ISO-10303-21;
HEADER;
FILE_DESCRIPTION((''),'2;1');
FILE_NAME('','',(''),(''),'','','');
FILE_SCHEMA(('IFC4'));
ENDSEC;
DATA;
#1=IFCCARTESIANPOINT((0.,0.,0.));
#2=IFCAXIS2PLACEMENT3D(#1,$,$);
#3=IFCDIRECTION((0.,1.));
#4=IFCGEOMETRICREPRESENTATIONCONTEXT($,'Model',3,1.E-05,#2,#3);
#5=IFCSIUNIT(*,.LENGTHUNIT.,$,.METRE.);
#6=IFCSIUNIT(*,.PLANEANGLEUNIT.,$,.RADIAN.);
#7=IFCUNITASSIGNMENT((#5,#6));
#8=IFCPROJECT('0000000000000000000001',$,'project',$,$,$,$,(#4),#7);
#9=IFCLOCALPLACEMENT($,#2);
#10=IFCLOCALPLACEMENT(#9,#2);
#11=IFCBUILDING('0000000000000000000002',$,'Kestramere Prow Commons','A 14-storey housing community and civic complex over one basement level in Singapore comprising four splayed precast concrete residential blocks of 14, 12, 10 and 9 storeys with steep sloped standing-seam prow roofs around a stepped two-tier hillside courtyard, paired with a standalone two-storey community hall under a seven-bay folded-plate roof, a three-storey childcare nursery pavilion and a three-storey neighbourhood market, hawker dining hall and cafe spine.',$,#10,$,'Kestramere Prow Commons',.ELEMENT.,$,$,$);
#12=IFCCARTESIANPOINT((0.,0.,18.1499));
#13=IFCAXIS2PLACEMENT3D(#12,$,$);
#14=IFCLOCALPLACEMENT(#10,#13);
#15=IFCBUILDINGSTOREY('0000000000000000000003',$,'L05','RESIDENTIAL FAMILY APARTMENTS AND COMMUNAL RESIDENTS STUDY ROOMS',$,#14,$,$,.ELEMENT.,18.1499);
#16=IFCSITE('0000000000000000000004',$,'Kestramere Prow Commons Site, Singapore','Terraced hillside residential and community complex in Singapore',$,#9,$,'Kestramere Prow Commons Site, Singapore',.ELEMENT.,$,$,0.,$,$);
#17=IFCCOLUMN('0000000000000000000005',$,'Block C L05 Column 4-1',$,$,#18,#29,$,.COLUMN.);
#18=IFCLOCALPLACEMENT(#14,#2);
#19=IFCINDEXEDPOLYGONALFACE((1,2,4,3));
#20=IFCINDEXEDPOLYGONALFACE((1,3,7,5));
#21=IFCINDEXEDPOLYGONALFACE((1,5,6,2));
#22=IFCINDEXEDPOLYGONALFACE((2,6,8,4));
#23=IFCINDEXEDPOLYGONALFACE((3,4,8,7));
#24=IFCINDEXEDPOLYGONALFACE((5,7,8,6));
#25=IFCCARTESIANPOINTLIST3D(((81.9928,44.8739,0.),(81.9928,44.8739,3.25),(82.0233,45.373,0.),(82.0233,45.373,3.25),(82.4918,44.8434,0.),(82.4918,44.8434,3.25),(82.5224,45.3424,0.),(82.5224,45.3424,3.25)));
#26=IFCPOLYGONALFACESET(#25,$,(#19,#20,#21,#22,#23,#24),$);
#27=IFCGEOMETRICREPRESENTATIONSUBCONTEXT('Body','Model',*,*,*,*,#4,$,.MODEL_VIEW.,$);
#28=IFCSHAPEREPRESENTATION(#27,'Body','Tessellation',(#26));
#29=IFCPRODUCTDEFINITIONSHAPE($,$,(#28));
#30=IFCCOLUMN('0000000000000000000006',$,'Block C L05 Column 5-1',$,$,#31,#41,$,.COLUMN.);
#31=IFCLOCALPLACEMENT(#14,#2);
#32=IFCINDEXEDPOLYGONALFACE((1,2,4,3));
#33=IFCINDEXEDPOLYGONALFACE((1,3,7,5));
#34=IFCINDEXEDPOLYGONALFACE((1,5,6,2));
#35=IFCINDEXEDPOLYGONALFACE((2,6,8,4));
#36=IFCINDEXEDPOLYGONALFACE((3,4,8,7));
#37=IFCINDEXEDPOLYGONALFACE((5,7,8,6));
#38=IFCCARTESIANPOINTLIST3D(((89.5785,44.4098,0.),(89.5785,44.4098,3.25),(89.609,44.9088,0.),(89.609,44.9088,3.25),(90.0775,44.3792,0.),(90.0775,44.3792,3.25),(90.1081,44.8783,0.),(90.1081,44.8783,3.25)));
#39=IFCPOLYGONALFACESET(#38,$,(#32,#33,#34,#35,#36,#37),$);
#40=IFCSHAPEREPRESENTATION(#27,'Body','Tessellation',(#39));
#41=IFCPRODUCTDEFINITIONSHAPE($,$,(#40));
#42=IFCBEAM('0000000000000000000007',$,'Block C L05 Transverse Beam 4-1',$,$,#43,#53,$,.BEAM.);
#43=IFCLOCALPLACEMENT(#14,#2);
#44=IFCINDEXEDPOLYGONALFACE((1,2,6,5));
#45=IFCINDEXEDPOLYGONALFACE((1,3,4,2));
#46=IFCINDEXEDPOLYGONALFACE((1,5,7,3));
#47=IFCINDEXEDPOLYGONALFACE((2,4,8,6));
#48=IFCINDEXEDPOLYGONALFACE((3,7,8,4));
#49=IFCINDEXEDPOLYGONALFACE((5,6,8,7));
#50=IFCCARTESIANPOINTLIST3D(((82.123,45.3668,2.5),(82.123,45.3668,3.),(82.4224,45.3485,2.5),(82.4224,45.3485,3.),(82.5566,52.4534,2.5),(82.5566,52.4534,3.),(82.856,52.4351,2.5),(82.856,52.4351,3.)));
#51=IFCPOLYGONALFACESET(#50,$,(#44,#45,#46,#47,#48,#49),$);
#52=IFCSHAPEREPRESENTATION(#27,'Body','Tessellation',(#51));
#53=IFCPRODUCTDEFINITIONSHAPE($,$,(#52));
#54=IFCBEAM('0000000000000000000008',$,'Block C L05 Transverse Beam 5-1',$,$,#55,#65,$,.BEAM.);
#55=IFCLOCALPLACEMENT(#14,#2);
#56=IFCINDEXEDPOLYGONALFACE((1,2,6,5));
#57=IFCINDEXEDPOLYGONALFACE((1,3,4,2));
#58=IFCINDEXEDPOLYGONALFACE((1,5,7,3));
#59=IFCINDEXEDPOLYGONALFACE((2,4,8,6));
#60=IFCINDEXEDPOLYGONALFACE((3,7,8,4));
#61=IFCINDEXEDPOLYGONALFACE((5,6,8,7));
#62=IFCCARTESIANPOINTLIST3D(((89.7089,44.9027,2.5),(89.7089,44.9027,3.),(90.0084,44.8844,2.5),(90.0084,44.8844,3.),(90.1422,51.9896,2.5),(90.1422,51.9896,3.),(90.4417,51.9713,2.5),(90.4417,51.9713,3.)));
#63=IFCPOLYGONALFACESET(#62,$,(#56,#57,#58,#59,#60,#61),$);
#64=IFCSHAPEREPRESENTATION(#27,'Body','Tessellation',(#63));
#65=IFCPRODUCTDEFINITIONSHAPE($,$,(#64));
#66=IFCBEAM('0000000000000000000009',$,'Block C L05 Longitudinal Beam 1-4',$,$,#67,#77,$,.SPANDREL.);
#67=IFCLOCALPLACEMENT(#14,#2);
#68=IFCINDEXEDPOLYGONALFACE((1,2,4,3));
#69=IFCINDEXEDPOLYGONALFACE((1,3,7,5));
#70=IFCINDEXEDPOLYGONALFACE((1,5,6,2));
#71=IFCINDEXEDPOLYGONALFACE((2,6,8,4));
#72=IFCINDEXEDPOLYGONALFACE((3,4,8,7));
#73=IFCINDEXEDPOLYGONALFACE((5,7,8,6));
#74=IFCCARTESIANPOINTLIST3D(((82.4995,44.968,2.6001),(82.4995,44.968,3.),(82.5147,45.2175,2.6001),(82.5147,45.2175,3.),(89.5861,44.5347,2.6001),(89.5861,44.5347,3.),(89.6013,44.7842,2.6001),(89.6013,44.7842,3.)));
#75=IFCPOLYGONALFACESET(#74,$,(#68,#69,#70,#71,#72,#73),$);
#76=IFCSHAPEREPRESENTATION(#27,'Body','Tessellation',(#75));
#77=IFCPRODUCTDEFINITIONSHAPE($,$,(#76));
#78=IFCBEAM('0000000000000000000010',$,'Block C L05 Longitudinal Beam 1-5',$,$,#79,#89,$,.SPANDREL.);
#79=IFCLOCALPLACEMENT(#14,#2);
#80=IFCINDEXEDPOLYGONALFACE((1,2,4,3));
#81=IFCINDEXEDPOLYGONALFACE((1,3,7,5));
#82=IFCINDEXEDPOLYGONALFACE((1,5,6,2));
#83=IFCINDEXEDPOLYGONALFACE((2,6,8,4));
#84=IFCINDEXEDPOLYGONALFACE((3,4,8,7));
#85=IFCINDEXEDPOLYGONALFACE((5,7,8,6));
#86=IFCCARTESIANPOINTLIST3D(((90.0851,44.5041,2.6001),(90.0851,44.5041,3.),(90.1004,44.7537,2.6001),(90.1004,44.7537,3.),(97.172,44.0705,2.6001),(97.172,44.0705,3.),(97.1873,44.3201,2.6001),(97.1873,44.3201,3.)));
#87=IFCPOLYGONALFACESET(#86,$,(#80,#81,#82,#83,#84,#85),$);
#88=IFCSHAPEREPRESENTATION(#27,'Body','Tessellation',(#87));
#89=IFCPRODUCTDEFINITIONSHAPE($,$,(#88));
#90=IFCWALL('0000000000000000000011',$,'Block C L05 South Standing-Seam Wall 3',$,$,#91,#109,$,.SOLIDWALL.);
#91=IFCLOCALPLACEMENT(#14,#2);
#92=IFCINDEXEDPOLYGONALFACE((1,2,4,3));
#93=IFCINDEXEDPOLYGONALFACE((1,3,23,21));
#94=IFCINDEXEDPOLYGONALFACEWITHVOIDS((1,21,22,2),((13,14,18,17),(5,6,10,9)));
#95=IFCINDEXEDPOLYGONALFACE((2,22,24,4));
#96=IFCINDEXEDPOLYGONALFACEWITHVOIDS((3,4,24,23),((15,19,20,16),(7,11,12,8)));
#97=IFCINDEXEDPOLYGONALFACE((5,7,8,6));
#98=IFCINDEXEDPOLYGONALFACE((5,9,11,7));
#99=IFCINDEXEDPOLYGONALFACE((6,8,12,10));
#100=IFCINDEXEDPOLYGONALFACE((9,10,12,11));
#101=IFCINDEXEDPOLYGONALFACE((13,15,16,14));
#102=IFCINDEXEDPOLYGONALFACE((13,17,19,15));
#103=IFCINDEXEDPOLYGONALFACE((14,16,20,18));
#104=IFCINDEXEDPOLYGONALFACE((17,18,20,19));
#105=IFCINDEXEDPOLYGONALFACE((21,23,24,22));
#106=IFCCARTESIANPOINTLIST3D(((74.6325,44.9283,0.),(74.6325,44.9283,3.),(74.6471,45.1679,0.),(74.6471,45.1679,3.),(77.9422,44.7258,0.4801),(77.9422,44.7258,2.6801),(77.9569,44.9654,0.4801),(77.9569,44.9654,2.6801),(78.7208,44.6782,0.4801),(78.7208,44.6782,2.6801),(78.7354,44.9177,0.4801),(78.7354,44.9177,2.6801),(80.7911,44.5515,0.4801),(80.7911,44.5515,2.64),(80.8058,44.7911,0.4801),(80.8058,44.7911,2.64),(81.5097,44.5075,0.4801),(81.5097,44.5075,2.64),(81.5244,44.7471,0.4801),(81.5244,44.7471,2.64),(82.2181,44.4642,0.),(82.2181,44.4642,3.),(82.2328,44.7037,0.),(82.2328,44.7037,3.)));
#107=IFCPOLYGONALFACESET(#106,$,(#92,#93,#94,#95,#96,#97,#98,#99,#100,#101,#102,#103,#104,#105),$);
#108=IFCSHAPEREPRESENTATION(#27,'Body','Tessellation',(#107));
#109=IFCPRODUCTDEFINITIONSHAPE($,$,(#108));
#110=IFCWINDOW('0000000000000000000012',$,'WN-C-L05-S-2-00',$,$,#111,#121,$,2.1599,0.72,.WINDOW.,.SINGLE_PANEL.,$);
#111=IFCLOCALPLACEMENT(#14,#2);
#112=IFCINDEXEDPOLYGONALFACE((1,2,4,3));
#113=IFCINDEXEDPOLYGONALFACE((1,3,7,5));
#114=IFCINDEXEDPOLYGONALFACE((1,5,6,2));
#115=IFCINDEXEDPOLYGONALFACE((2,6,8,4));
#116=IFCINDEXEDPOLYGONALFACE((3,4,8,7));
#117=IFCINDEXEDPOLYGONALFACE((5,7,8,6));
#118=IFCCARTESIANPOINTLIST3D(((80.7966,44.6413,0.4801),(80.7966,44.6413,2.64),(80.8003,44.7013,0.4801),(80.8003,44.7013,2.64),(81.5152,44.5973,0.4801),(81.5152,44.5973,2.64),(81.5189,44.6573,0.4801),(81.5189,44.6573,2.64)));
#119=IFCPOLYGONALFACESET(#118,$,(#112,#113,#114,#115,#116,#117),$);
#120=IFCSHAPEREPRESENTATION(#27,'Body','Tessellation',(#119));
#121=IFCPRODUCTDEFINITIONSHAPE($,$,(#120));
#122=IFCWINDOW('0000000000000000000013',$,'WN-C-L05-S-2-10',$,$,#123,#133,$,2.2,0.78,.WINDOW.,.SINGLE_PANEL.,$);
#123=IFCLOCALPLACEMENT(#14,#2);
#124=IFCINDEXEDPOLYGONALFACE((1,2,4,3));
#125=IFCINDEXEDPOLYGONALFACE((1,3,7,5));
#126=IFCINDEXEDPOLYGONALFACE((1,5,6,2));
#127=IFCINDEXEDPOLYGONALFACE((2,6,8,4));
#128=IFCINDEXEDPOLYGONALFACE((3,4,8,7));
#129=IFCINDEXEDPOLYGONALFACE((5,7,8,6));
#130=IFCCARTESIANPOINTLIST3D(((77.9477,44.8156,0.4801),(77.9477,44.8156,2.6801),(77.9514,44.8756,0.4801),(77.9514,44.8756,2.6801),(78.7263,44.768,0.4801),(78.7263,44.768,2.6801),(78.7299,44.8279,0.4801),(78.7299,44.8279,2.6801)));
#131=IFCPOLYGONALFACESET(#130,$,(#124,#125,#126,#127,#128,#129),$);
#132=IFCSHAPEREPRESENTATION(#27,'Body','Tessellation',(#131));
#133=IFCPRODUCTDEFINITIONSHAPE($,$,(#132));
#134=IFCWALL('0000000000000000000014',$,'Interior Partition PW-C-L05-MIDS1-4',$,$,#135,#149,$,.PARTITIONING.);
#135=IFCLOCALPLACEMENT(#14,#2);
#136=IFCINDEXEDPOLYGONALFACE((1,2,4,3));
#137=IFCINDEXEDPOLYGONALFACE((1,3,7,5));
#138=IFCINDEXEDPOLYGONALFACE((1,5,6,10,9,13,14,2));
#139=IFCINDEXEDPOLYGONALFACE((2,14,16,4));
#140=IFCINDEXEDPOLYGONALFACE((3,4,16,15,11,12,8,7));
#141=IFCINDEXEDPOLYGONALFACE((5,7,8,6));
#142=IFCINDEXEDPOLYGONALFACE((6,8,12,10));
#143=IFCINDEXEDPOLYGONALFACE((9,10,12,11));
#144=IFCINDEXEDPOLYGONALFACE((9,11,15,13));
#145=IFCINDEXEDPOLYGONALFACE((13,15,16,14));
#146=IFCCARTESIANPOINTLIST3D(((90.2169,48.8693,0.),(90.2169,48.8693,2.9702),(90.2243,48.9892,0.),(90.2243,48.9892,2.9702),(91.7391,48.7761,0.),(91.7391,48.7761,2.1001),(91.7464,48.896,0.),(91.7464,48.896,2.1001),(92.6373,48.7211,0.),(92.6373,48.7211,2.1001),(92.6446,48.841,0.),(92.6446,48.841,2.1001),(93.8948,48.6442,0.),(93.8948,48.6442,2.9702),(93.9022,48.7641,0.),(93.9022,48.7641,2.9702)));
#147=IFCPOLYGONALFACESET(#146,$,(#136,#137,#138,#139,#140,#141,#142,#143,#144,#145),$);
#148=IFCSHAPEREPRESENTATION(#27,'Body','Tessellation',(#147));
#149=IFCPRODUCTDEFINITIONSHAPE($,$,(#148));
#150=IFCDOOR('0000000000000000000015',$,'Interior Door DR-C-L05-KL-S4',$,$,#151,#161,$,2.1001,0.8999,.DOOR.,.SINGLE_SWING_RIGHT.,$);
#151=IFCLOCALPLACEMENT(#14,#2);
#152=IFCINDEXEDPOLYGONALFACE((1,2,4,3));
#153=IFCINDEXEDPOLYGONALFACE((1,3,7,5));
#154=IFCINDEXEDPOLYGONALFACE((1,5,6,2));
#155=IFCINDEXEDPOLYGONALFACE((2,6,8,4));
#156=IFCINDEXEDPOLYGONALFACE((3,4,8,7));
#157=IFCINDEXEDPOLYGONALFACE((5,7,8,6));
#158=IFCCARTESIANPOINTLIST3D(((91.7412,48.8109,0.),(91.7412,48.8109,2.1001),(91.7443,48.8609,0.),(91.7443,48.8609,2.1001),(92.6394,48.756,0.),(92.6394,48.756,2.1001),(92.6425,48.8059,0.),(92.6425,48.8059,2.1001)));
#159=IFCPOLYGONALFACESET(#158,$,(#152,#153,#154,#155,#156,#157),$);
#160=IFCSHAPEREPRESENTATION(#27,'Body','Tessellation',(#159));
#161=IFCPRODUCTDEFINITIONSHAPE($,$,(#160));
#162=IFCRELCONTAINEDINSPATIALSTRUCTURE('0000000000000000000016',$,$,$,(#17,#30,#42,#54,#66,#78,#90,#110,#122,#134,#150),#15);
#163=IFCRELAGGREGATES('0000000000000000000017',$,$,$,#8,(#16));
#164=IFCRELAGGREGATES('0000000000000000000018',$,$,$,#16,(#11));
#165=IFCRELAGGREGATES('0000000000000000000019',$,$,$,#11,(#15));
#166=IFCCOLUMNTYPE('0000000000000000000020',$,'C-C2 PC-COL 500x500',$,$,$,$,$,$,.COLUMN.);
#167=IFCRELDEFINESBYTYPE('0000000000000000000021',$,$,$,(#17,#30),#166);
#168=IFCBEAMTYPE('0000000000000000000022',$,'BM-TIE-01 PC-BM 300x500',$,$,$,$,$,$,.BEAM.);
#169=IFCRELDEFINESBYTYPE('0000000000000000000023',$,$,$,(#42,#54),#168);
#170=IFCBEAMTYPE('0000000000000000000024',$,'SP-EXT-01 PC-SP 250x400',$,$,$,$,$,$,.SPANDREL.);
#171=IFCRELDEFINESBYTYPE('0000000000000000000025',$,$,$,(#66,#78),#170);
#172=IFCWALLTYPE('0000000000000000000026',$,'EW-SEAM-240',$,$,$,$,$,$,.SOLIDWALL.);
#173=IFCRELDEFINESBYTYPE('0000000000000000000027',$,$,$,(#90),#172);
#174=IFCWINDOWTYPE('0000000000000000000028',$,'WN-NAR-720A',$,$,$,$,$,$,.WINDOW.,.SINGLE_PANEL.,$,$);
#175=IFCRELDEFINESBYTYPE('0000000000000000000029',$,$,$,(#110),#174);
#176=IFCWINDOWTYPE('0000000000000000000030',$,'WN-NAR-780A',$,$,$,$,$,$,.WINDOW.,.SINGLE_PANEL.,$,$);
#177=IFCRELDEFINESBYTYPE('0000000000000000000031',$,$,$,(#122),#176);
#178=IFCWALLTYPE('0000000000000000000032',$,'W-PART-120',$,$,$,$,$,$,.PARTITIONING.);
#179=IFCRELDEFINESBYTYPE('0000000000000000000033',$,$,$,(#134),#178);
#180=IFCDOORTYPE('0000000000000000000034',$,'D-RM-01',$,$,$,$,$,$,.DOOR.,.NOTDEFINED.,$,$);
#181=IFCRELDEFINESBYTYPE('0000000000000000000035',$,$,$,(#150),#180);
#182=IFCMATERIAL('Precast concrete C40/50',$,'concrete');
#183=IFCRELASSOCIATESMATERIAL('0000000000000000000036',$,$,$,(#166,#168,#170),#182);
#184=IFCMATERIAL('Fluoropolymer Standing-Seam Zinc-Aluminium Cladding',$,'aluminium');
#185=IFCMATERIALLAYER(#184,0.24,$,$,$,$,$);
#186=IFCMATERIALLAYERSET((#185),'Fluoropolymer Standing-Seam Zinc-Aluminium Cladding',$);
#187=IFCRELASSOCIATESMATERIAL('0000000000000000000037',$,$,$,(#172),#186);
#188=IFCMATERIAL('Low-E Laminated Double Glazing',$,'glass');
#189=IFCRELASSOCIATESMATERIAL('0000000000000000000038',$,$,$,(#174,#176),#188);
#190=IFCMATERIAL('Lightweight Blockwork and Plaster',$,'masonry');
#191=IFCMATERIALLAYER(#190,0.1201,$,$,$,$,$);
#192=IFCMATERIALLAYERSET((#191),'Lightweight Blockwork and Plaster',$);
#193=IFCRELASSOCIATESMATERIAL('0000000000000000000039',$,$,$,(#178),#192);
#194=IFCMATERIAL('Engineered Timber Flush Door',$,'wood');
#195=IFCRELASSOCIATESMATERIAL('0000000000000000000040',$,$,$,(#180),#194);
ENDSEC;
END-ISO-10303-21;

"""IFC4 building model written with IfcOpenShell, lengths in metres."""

from ifc_helpers import new_model, si_unit, direction, frame, frame_2d, origin, origin_2d, place, context, subcontext, project, spatial, rectangle, extrude, material, layer, layer_set, material_profile, profile_set, type_object, element, fill, save


model = new_model("IFC4")

# Units and contexts
model_context = context("Model", 3, precision=1e-05, world=origin(), true_north=direction((0.0, 1.0)))
body_context = subcontext(model_context, "Body", "Model", "MODEL_VIEW")
ifc_project = project(units=[si_unit("LENGTHUNIT", "METRE"), si_unit("PLANEANGLEUNIT", "RADIAN")], contexts=[model_context])

# Site, building, storey
site_placement = place(None, origin())
site = spatial("IfcSite", under=ifc_project, at=site_placement, Name="Kestramere Prow Commons Site, Singapore", Description="Terraced hillside residential and community complex in Singapore", LongName="Kestramere Prow Commons Site, Singapore", CompositionType="ELEMENT", RefElevation=0.0)
building_placement = place(site_placement, origin())
building = spatial("IfcBuilding", under=site, at=building_placement, Name="Kestramere Prow Commons", Description="A 14-storey housing community and civic complex over one basement level in Singapore comprising four splayed precast concrete residential blocks of 14, 12, 10 and 9 storeys with steep sloped standing-seam prow roofs around a stepped two-tier hillside courtyard, paired with a standalone two-storey community hall under a seven-bay folded-plate roof, a three-storey childcare nursery pavilion and a three-storey neighbourhood market, hawker dining hall and cafe spine.", LongName="Kestramere Prow Commons", CompositionType="ELEMENT")
storey_placement = place(building_placement, frame((0.0, 0.0, 18.1499)))
storey = spatial("IfcBuildingStorey", under=building, at=storey_placement, Name="L05", Description="RESIDENTIAL FAMILY APARTMENTS AND COMMUNAL RESIDENTS STUDY ROOMS", CompositionType="ELEMENT", Elevation=18.1499)

# Columns
ifc_material_1 = material(Name="Precast concrete C40/50", Category="concrete")
ifc_material_profile_1 = material_profile(ifc_material_1, rectangle(XDim=0.5, YDim=0.5, at=origin_2d()), Name="PC-COL 500x500")
ifc_profile_set_1 = profile_set([ifc_material_profile_1], Name="Precast concrete C40/50")
column_type = type_object("IfcColumnType", Name="C-C2 PC-COL 500x500", PredefinedType="COLUMN", material=ifc_profile_set_1)
for number, where, z_axis, x_axis, name in (
    (1, (82.2576, 45.1082, 0.0), (0.0, 0.0, 1.0), (0.998135, -0.061049, 0.0), "Block C L05 Column 4-1"),
    (2, (89.8433, 44.644, 0.0), (0.0, 0.0, 1.0), (0.998135, -0.061049, 0.0), "Block C L05 Column 5-1"),
):
    element("IfcColumn", number, at=place(storey_placement, frame(where, z_axis=z_axis, x_axis=x_axis)), inside=storey, type_object=column_type, Name=name, PredefinedType="COLUMN", context=body_context, shape_type="SweptSolid", body=[
        extrude(rectangle(XDim=0.5, YDim=0.5, at=origin_2d()), origin(), (0.0, 0.0, 1.0), 3.25),
    ])

# Beams
ifc_material_profile_2 = material_profile(ifc_material_1, rectangle(XDim=0.3, YDim=0.5, at=origin_2d()), Name="PC-BM 300x500")
ifc_profile_set_2 = profile_set([ifc_material_profile_2], Name="Precast concrete C40/50")
beam_type_1 = type_object("IfcBeamType", Name="BM-TIE-01 PC-BM 300x500", PredefinedType="BEAM", material=ifc_profile_set_2)
beam_1_placement = place(storey_placement, frame((82.2727, 45.3577, 2.75), z_axis=(0.06107, 0.998133, 0.0), x_axis=(-0.998133, 0.06107, 0.0)))
element("IfcBeam", 3, at=beam_1_placement, inside=storey, type_object=beam_type_1, Name="Block C L05 Transverse Beam 4-1", PredefinedType="BEAM", context=body_context, shape_type="SweptSolid", body=[
    extrude(rectangle(XDim=0.3, YDim=0.5, at=origin_2d()), origin(), (0.0, 0.0, 1.0), 7.0999),
])
beam_2_placement = place(storey_placement, frame((89.8586, 44.8936, 2.75), z_axis=(0.061034, 0.998136, 0.0), x_axis=(-0.998136, 0.061034, 0.0)))
element("IfcBeam", 4, at=beam_2_placement, inside=storey, type_object=beam_type_1, Name="Block C L05 Transverse Beam 5-1", PredefinedType="BEAM", context=body_context, shape_type="SweptSolid", body=[
    extrude(rectangle(XDim=0.3, YDim=0.5, at=origin_2d()), origin(), (0.0, 0.0, 1.0), 7.1001),
])
ifc_material_profile_3 = material_profile(ifc_material_1, rectangle(XDim=0.25, YDim=0.3999, at=origin_2d()), Name="PC-SP 250x400")
ifc_profile_set_3 = profile_set([ifc_material_profile_3], Name="Precast concrete C40/50")
beam_type_2 = type_object("IfcBeamType", Name="SP-EXT-01 PC-SP 250x400", PredefinedType="SPANDREL", material=ifc_profile_set_3)
beam_3_placement = place(storey_placement, frame((82.5071, 45.0928, 2.8), z_axis=(0.998136, -0.061036, 0.0), x_axis=(0.061036, 0.998136, 0.0)))
element("IfcBeam", 5, at=beam_3_placement, inside=storey, type_object=beam_type_2, Name="Block C L05 Longitudinal Beam 1-4", PredefinedType="SPANDREL", context=body_context, shape_type="SweptSolid", body=[
    extrude(rectangle(XDim=0.25, YDim=0.3999, at=origin_2d()), origin(), (0.0, 0.0, 1.0), 7.0999),
])
beam_4_placement = place(storey_placement, frame((90.0928, 44.6289, 2.8), z_axis=(0.998134, -0.061068, 0.0), x_axis=(0.061068, 0.998134, 0.0)))
element("IfcBeam", 6, at=beam_4_placement, inside=storey, type_object=beam_type_2, Name="Block C L05 Longitudinal Beam 1-5", PredefinedType="SPANDREL", context=body_context, shape_type="SweptSolid", body=[
    extrude(rectangle(XDim=0.25, YDim=0.3999, at=origin_2d()), origin(), (0.0, 0.0, 1.0), 7.1001),
])

# Wall, openings, windows
ifc_material_2 = material(Name="Fluoropolymer Standing-Seam Zinc-Aluminium Cladding", Category="aluminium")
ifc_layer_1 = layer(ifc_material_2, 0.24)
ifc_layer_set_1 = layer_set([ifc_layer_1], Name="Fluoropolymer Standing-Seam Zinc-Aluminium Cladding")
wall_type_1 = type_object("IfcWallType", Name="EW-SEAM-240", PredefinedType="SOLIDWALL", material=ifc_layer_set_1)
wall_1_placement = place(storey_placement, frame((82.2253, 44.584, 0.0), z_axis=(0.0, 0.0, 1.0), x_axis=(-0.998134, 0.061068, 0.0)))
wall_1 = element("IfcWall", 7, at=wall_1_placement, inside=storey, type_object=wall_type_1, Name="Block C L05 South Standing-Seam Wall 3", PredefinedType="SOLIDWALL", context=body_context, shape_type="SweptSolid", body=[
    extrude(rectangle(XDim=7.5999, YDim=0.24, at=frame_2d((3.7998, 0.0))), origin(), (0.0, 0.0, 1.0), 3.0),
])
opening_1_placement = place(wall_1_placement, frame((0.7097, 0.0, 0.48)))
opening_1 = element("IfcOpeningElement", 8, at=opening_1_placement, cuts=wall_1, PredefinedType="OPENING", context=body_context, shape_type="SweptSolid", body=[
    extrude(rectangle(XDim=0.72, YDim=2.1599, at=frame_2d((0.3599, 1.0801))), frame((0.0, 0.135, 0.0), z_axis=(0.0, -1.0, 0.0), x_axis=(1.0, 0.0, 0.0)), (0.0, 0.0, 1.0), 0.27),
])
opening_2_placement = place(wall_1_placement, frame((3.5037, 0.0, 0.48)))
opening_2 = element("IfcOpeningElement", 9, at=opening_2_placement, cuts=wall_1, PredefinedType="OPENING", context=body_context, shape_type="SweptSolid", body=[
    extrude(rectangle(XDim=0.78, YDim=2.2, at=frame_2d((0.3901, 1.1001))), frame((0.0, 0.135, 0.0), z_axis=(0.0, -1.0, 0.0), x_axis=(1.0, 0.0, 0.0)), (0.0, 0.0, 1.0), 0.27),
])
ifc_material_3 = material(Name="Low-E Laminated Double Glazing", Category="glass")
window_type_1 = type_object("IfcWindowType", Name="WN-NAR-720A", PartitioningType="SINGLE_PANEL", PredefinedType="WINDOW", material=ifc_material_3)
window_1_placement = place(opening_1_placement, origin())
window_1 = element("IfcWindow", 10, at=window_1_placement, inside=storey, type_object=window_type_1, Name="WN-C-L05-S-2-00", OverallHeight=2.1599, OverallWidth=0.72, PartitioningType="SINGLE_PANEL", PredefinedType="WINDOW", context=body_context, shape_type="SweptSolid", body=[
    extrude(rectangle(XDim=0.72, YDim=2.1599, at=frame_2d((0.3599, 1.0801))), frame((0.0, 0.03, 0.0), z_axis=(0.0, -1.0, 0.0), x_axis=(1.0, 0.0, 0.0)), (0.0, 0.0, 1.0), 0.0601),
])
fill(opening_1, window_1)
window_type_2 = type_object("IfcWindowType", Name="WN-NAR-780A", PartitioningType="SINGLE_PANEL", PredefinedType="WINDOW", material=ifc_material_3)
window_2_placement = place(opening_2_placement, origin())
window_2 = element("IfcWindow", 11, at=window_2_placement, inside=storey, type_object=window_type_2, Name="WN-C-L05-S-2-10", OverallHeight=2.2, OverallWidth=0.78, PartitioningType="SINGLE_PANEL", PredefinedType="WINDOW", context=body_context, shape_type="SweptSolid", body=[
    extrude(rectangle(XDim=0.78, YDim=2.2, at=frame_2d((0.3901, 1.1001))), frame((0.0, 0.03, 0.0), z_axis=(0.0, -1.0, 0.0), x_axis=(1.0, 0.0, 0.0)), (0.0, 0.0, 1.0), 0.0601),
])
fill(opening_2, window_2)

# Wall, opening, door
ifc_material_4 = material(Name="Lightweight Blockwork and Plaster", Category="masonry")
ifc_layer_2 = layer(ifc_material_4, 0.1201)
ifc_layer_set_2 = layer_set([ifc_layer_2], Name="Lightweight Blockwork and Plaster")
wall_type_2 = type_object("IfcWallType", Name="W-PART-120", PredefinedType="PARTITIONING", material=ifc_layer_set_2)
wall_2_placement = place(storey_placement, frame((90.2207, 48.9292, 0.0), z_axis=(0.0, 0.0, 1.0), x_axis=(0.998132, -0.061087, 0.0)))
wall_2 = element("IfcWall", 12, at=wall_2_placement, inside=storey, type_object=wall_type_2, Name="Interior Partition PW-C-L05-MIDS1-4", PredefinedType="PARTITIONING", context=body_context, shape_type="SweptSolid", body=[
    extrude(rectangle(XDim=3.6848, YDim=0.1201, at=frame_2d((1.8423, 0.0))), origin(), (0.0, 0.0, 1.0), 2.9702),
])
opening_3_placement = place(wall_2_placement, frame((1.5249, 0.0, 0.0)))
opening_3 = element("IfcOpeningElement", 13, at=opening_3_placement, cuts=wall_2, PredefinedType="OPENING", context=body_context, shape_type="SweptSolid", body=[
    extrude(rectangle(XDim=0.8999, YDim=2.1001, at=frame_2d((0.45, 1.05))), frame((0.0, 0.075, 0.0), z_axis=(0.0, -1.0, 0.0), x_axis=(1.0, 0.0, 0.0)), (0.0, 0.0, 1.0), 0.1501),
])
ifc_material_5 = material(Name="Engineered Timber Flush Door", Category="wood")
door_type_1 = type_object("IfcDoorType", Name="D-RM-01", OperationType="NOTDEFINED", PredefinedType="DOOR", material=ifc_material_5)
door_1_placement = place(opening_3_placement, origin())
door_1 = element("IfcDoor", 14, at=door_1_placement, inside=storey, type_object=door_type_1, Name="Interior Door DR-C-L05-KL-S4", OperationType="SINGLE_SWING_RIGHT", OverallHeight=2.1001, OverallWidth=0.8999, PredefinedType="DOOR", context=body_context, shape_type="SweptSolid", body=[
    extrude(rectangle(XDim=0.8999, YDim=2.1001, at=frame_2d((0.45, 1.05))), frame((0.0, 0.0249, 0.0), z_axis=(0.0, -1.0, 0.0), x_axis=(1.0, 0.0, 0.0)), (0.0, 0.0, 1.0), 0.05),
])
fill(opening_3, door_1)

save(model, "model.ifc")
